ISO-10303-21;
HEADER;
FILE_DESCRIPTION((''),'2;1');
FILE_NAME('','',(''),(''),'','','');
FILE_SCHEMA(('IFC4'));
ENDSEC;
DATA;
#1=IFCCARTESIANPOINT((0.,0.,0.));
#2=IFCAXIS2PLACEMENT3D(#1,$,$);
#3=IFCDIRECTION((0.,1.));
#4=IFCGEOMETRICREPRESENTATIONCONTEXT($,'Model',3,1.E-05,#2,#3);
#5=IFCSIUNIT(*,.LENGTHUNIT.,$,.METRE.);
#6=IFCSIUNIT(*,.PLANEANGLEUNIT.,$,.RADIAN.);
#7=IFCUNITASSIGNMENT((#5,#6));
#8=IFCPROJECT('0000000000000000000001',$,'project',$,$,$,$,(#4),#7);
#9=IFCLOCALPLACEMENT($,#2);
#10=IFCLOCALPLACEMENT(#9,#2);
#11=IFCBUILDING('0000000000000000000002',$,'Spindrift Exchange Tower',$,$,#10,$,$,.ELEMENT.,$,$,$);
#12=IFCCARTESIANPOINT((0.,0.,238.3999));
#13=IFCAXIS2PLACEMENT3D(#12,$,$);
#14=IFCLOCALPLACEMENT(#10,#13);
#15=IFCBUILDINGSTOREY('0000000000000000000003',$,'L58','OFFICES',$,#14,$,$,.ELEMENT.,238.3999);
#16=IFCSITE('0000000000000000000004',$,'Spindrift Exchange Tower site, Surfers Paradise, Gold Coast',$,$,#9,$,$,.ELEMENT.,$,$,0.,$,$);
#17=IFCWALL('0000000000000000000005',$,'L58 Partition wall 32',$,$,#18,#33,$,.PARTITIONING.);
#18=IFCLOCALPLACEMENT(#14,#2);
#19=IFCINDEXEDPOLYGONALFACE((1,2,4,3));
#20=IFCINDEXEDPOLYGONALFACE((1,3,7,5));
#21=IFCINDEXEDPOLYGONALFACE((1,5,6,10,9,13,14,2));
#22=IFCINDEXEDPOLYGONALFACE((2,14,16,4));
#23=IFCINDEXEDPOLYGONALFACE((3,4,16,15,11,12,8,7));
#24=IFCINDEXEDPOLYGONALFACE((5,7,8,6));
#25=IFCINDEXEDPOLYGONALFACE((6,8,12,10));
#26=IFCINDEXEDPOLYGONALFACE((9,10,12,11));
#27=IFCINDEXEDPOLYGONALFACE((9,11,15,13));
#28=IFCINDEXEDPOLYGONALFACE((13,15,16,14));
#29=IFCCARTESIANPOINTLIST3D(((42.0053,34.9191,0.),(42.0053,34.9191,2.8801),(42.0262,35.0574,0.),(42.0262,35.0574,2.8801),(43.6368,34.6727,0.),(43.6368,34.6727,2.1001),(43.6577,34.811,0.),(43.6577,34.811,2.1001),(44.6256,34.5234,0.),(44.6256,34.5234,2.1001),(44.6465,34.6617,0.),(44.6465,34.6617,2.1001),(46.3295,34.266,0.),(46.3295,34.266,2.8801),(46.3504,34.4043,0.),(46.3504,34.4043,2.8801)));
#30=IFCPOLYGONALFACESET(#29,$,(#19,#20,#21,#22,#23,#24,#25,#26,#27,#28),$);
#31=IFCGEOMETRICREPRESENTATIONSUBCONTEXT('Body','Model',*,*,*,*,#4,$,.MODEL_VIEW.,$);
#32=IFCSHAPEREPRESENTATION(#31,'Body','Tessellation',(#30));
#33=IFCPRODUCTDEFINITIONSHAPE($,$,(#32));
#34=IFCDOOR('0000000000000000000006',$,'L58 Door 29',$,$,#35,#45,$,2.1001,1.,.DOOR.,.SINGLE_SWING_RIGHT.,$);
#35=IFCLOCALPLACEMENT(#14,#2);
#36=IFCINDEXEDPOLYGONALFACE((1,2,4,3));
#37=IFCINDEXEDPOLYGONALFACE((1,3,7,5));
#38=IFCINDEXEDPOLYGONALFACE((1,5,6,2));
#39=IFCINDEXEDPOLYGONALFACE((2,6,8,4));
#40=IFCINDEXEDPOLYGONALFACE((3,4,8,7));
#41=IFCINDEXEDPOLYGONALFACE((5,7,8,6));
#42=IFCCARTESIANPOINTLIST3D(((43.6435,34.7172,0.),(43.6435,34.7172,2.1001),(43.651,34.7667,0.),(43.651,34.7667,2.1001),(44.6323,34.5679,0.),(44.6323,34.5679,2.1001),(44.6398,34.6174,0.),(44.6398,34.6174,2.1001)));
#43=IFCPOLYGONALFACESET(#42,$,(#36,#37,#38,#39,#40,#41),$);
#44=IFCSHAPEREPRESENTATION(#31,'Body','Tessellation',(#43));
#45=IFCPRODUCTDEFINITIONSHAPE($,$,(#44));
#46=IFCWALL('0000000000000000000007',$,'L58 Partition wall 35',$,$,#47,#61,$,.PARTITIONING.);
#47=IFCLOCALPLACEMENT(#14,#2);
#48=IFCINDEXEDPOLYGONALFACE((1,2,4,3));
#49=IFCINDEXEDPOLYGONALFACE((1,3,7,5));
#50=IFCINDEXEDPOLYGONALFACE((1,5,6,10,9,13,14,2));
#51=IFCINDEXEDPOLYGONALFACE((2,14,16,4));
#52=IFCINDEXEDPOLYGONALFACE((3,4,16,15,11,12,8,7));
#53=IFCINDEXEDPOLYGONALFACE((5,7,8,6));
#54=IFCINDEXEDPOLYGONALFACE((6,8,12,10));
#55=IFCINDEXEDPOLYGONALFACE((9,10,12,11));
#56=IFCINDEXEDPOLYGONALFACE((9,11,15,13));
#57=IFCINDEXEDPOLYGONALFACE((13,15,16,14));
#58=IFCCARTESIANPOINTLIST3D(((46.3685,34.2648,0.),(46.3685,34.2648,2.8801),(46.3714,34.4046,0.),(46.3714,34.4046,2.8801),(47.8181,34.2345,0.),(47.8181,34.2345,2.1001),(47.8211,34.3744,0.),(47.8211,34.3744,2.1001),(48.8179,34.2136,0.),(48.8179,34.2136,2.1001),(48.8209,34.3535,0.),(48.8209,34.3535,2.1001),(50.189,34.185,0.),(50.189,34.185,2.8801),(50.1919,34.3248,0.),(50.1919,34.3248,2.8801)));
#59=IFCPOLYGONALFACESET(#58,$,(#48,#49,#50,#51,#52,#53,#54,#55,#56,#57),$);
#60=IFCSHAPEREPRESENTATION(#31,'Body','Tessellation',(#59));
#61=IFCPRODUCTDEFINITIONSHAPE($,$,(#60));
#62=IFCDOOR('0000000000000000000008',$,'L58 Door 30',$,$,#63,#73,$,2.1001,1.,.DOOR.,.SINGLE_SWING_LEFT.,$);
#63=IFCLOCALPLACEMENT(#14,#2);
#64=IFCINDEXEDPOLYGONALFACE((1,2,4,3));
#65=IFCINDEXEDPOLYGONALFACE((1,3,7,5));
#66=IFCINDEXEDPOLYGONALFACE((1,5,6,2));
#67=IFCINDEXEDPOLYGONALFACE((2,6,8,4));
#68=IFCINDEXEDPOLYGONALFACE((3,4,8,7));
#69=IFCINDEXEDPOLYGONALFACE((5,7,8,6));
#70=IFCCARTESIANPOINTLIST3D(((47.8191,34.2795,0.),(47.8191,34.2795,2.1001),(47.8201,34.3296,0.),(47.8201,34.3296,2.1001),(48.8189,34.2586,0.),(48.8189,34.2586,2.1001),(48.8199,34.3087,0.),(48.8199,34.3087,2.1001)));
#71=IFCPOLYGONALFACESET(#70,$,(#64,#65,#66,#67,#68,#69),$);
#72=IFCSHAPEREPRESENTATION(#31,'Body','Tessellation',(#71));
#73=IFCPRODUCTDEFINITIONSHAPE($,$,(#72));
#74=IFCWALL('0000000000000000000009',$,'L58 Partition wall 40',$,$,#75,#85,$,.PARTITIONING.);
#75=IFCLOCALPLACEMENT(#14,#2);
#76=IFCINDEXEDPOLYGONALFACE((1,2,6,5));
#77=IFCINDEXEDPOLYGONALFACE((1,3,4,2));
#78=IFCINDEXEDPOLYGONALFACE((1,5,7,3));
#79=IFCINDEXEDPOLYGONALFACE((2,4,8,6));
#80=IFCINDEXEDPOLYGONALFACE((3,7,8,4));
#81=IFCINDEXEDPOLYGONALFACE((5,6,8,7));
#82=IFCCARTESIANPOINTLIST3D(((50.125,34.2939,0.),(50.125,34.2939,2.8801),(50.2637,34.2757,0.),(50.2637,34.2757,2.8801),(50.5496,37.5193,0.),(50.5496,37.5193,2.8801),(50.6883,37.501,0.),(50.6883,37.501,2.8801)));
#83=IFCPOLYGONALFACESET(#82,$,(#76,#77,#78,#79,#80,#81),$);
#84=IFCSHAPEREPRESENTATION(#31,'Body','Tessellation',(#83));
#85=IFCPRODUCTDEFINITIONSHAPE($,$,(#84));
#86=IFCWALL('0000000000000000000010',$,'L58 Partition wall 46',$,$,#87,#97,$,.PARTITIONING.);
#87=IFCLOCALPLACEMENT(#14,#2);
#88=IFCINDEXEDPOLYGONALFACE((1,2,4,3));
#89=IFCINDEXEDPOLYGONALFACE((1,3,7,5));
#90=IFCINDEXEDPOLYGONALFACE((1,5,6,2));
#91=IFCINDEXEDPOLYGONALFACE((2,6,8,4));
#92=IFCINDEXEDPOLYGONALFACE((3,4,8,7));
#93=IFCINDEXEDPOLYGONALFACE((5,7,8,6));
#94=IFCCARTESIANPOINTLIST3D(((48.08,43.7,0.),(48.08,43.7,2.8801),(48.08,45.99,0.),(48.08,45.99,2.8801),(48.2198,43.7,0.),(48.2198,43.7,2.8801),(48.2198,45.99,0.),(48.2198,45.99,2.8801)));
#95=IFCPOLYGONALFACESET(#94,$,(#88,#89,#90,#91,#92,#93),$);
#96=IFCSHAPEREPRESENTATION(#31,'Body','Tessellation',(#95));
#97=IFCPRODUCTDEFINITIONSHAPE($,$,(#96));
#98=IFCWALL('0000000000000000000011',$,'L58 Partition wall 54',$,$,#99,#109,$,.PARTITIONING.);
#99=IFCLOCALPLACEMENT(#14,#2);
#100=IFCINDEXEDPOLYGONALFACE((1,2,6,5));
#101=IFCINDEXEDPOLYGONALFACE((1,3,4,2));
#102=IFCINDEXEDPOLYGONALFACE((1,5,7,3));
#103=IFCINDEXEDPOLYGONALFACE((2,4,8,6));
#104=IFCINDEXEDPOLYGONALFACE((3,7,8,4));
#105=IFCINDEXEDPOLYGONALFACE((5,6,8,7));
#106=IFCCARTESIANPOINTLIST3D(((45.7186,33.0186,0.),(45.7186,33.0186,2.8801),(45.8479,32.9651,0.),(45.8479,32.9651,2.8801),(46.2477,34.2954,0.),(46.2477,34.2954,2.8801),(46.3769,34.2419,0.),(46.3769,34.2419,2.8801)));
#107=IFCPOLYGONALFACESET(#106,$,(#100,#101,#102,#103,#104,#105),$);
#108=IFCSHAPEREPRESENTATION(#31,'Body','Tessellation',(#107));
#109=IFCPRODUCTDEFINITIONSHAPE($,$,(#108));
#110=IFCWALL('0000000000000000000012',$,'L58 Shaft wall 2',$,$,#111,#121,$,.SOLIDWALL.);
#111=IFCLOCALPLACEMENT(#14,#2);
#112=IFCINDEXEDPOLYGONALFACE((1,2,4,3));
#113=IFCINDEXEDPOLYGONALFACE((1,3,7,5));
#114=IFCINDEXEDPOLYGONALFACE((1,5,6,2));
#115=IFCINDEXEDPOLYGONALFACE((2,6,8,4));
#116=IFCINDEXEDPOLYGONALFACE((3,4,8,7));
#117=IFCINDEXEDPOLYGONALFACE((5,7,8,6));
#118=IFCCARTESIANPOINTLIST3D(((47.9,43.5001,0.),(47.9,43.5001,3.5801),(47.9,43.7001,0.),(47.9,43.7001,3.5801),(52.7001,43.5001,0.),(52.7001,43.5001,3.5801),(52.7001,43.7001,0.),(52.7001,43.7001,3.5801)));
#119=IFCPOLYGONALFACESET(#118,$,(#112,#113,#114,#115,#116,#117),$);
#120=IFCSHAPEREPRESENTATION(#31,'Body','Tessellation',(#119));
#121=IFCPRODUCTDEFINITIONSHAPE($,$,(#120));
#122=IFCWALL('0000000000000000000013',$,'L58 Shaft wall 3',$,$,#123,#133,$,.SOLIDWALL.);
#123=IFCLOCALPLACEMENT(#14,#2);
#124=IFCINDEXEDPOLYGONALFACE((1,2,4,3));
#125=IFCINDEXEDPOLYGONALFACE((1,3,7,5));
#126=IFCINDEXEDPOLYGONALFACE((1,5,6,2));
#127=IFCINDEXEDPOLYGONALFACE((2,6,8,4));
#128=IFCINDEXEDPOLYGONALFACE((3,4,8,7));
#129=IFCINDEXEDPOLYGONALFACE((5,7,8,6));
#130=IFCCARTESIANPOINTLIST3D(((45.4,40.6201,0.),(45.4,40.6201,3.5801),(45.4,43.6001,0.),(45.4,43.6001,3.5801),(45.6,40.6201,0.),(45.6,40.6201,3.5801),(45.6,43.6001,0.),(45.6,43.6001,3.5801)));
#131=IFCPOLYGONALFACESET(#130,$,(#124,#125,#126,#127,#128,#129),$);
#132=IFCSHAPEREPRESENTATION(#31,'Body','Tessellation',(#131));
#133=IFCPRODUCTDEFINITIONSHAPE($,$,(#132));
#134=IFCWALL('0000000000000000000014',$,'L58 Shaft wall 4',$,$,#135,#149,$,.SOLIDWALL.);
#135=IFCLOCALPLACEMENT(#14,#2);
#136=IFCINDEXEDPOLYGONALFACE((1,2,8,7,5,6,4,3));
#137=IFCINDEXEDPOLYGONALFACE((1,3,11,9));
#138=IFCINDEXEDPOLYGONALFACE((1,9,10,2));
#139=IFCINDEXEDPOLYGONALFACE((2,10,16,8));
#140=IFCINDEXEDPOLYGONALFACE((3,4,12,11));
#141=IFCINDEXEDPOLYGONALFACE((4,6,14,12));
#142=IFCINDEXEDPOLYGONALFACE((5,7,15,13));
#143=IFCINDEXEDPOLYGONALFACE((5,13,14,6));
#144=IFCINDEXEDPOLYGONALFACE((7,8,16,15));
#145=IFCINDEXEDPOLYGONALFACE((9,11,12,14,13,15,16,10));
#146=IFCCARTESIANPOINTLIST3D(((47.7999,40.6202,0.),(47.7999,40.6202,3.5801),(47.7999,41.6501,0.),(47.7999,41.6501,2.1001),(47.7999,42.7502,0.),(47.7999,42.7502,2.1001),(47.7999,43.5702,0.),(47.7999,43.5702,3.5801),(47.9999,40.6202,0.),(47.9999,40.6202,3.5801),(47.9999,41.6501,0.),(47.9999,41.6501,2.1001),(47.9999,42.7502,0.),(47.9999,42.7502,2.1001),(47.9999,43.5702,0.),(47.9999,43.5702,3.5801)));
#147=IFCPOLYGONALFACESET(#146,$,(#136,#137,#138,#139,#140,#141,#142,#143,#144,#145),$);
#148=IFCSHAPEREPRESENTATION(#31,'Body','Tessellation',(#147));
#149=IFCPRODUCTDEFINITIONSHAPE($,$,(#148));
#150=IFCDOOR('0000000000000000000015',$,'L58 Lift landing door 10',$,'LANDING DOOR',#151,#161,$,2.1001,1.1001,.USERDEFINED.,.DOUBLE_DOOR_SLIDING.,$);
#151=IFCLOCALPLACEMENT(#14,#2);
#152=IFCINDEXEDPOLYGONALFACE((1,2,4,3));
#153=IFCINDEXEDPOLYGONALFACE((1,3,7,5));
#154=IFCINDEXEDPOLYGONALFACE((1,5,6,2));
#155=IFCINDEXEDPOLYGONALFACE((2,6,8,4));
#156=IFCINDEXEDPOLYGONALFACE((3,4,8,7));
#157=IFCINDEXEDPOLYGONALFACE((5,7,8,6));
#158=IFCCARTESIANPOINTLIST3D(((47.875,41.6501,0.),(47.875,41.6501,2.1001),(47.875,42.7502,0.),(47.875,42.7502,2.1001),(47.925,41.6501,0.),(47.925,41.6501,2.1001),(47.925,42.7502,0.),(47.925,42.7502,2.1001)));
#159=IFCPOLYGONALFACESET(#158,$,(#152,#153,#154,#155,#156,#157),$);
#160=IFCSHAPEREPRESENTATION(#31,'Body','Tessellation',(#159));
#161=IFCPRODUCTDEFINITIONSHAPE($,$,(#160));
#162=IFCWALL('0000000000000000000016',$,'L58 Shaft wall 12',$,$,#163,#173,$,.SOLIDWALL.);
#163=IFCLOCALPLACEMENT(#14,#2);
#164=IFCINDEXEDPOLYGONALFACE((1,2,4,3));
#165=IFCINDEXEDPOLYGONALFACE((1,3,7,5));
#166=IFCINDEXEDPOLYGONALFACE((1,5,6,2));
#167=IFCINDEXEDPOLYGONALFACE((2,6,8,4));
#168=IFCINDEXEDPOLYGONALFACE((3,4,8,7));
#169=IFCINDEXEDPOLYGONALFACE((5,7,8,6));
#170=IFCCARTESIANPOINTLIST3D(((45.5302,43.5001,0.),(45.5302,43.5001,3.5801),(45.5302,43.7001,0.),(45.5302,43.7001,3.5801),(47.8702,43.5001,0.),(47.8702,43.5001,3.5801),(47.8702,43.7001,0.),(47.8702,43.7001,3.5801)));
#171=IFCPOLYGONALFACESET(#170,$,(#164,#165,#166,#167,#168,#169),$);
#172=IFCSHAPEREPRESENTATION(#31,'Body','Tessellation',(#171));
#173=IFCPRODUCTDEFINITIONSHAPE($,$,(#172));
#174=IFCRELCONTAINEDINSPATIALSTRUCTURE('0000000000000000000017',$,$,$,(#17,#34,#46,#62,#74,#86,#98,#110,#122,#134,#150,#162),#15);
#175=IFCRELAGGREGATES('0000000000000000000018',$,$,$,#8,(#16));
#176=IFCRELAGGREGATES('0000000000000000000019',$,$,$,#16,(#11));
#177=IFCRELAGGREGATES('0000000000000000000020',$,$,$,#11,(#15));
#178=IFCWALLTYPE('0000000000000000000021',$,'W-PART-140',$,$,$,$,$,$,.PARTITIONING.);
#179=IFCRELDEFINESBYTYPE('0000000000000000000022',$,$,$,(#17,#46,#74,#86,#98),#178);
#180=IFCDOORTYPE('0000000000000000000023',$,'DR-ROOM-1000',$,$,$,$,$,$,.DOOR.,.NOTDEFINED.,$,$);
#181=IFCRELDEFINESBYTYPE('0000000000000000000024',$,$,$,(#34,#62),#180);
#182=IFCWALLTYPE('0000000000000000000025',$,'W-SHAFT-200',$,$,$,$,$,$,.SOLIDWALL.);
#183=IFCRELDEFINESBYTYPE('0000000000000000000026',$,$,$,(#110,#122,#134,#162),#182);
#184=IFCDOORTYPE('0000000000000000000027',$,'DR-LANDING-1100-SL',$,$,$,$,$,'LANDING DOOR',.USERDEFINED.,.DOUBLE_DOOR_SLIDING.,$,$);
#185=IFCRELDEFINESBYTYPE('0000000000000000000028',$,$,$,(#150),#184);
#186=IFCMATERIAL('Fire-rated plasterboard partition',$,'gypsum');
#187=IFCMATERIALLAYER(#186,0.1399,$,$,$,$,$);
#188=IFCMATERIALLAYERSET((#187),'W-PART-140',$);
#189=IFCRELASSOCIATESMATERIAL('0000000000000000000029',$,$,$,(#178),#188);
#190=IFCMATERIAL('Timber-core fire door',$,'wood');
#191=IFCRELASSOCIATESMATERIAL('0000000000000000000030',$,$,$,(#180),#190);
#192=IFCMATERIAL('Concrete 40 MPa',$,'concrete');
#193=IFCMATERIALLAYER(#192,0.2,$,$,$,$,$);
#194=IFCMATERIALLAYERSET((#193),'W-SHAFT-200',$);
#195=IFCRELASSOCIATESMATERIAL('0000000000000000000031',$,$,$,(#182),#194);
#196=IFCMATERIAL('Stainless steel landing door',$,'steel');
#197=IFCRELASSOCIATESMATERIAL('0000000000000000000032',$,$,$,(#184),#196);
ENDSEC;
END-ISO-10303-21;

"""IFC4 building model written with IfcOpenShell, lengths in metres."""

from ifc_helpers import new_model, si_unit, direction, frame, frame_2d, origin, place, context, subcontext, project, spatial, rectangle, extrude, source, transform, mapped, material, layer, layer_set, type_object, element, fill, save


model = new_model("IFC4")

# Units and contexts
model_context = context("Model", 3, precision=1e-05, world=origin(), true_north=direction((0.0, 1.0)))
body_context = subcontext(model_context, "Body", "Model", "MODEL_VIEW")
ifc_project = project(units=[si_unit("LENGTHUNIT", "METRE"), si_unit("PLANEANGLEUNIT", "RADIAN")], contexts=[model_context])

# Site, building, storey
site_placement = place(None, origin())
site = spatial("IfcSite", under=ifc_project, at=site_placement, Name="Spindrift Exchange Tower site, Surfers Paradise, Gold Coast", CompositionType="ELEMENT", RefElevation=0.0)
building_placement = place(site_placement, origin())
building = spatial("IfcBuilding", under=site, at=building_placement, Name="Spindrift Exchange Tower", CompositionType="ELEMENT")
storey_placement = place(building_placement, frame((0.0, 0.0, 238.3999)))
storey = spatial("IfcBuildingStorey", under=building, at=storey_placement, Name="L58", Description="OFFICES", CompositionType="ELEMENT", Elevation=238.3999)

# Walls, openings, doors
ifc_material_1 = material(Name="Fire-rated plasterboard partition", Category="gypsum")
ifc_layer_1 = layer(ifc_material_1, 0.1399)
ifc_layer_set_1 = layer_set([ifc_layer_1], Name="W-PART-140")
wall_type_1 = type_object("IfcWallType", Name="W-PART-140", PredefinedType="PARTITIONING", material=ifc_layer_set_1)
wall_1_placement = place(storey_placement, frame((46.3398, 34.3352, 0.0), z_axis=(0.0, 0.0, 1.0), x_axis=(-0.988787, 0.149334, 0.0)))
wall_1 = element("IfcWall", 1, at=wall_1_placement, inside=storey, type_object=wall_type_1, Name="L58 Partition wall 32", PredefinedType="PARTITIONING", context=body_context, shape_type="SweptSolid", body=[
    extrude(rectangle(XDim=4.3733, YDim=0.1399, at=frame_2d((2.1865, 0.0))), origin(), (0.0, 0.0, 1.0), 2.8801),
])
opening_1_placement = place(wall_1_placement, frame((1.7231, 0.0, 0.0)))
opening_1 = element("IfcOpeningElement", 2, at=opening_1_placement, cuts=wall_1, PredefinedType="OPENING", context=body_context, shape_type="SweptSolid", body=[
    extrude(rectangle(XDim=1.0, YDim=2.1001, at=frame_2d((0.5, 1.05))), frame((0.0, 0.0798, 0.0), z_axis=(0.0, -1.0, 0.0), x_axis=(1.0, 0.0, 0.0)), (0.0, 0.0, 1.0), 0.1599),
])
ifc_material_2 = material(Name="Timber-core fire door", Category="wood")
door_type_1 = type_object("IfcDoorType", Name="DR-ROOM-1000", OperationType="NOTDEFINED", PredefinedType="DOOR", material=ifc_material_2)
shared_shape_1 = source(origin(), body_context, "Body", "SweptSolid", [
    extrude(rectangle(XDim=1.0, YDim=2.1001, at=frame_2d((0.5, 1.05))), frame((0.0, 0.0249, 0.0), z_axis=(0.0, -1.0, 0.0), x_axis=(1.0, 0.0, 0.0)), (0.0, 0.0, 1.0), 0.05),
])
door_1_placement = place(opening_1_placement, origin())
door_1 = element("IfcDoor", 3, at=door_1_placement, inside=storey, type_object=door_type_1, Name="L58 Door 29", OperationType="SINGLE_SWING_RIGHT", OverallHeight=2.1001, OverallWidth=1.0, PredefinedType="DOOR", context=body_context, shape_type="MappedRepresentation", body=[
    mapped(shared_shape_1, transform((0.0, 0.0, 0.0), scale=1.0)),
])
fill(opening_1, door_1)
wall_2_placement = place(storey_placement, frame((50.1904, 34.2549, 0.0), z_axis=(0.0, 0.0, 1.0), x_axis=(-0.999782, 0.020891, 0.0)))
wall_2 = element("IfcWall", 4, at=wall_2_placement, inside=storey, type_object=wall_type_1, Name="L58 Partition wall 35", PredefinedType="PARTITIONING", context=body_context, shape_type="SweptSolid", body=[
    extrude(rectangle(XDim=3.8213, YDim=0.1399, at=frame_2d((1.9106, 0.0))), origin(), (0.0, 0.0, 1.0), 2.8801),
])
opening_2_placement = place(wall_2_placement, frame((1.3713, 0.0, 0.0)))
opening_2 = element("IfcOpeningElement", 5, at=opening_2_placement, cuts=wall_2, PredefinedType="OPENING", context=body_context, shape_type="SweptSolid", body=[
    extrude(rectangle(XDim=1.0, YDim=2.1001, at=frame_2d((0.5, 1.05))), frame((0.0, 0.0798, 0.0), z_axis=(0.0, -1.0, 0.0), x_axis=(1.0, 0.0, 0.0)), (0.0, 0.0, 1.0), 0.1599),
])
door_2_placement = place(opening_2_placement, origin())
door_2 = element("IfcDoor", 6, at=door_2_placement, inside=storey, type_object=door_type_1, Name="L58 Door 30", OperationType="SINGLE_SWING_LEFT", OverallHeight=2.1001, OverallWidth=1.0, PredefinedType="DOOR", context=body_context, shape_type="MappedRepresentation", body=[
    mapped(shared_shape_1, transform((0.0, 0.0, 0.0), scale=1.0)),
])
fill(opening_2, door_2)

# Walls
wall_3_placement = place(storey_placement, frame((50.6189, 37.51, 0.0), z_axis=(0.0, 0.0, 1.0), x_axis=(-0.130507, -0.991447, 0.0)))
element("IfcWall", 7, at=wall_3_placement, inside=storey, type_object=wall_type_1, Name="L58 Partition wall 40", PredefinedType="PARTITIONING", context=body_context, shape_type="SweptSolid", body=[
    extrude(rectangle(XDim=3.2532, YDim=0.1399, at=frame_2d((1.6265, 0.0))), origin(), (0.0, 0.0, 1.0), 2.8801),
])
wall_4_placement = place(storey_placement, frame((48.1499, 43.7, 0.0), z_axis=(0.0, 0.0, 1.0), x_axis=(0.0, 1.0, 0.0)))
element("IfcWall", 8, at=wall_4_placement, inside=storey, type_object=wall_type_1, Name="L58 Partition wall 46", PredefinedType="PARTITIONING", context=body_context, shape_type="SweptSolid", body=[
    extrude(rectangle(XDim=2.29, YDim=0.1399, at=frame_2d((1.145, 0.0))), origin(), (0.0, 0.0, 1.0), 2.8801),
])
wall_5_placement = place(storey_placement, frame((46.3123, 34.2686, 0.0), z_axis=(0.0, 0.0, 1.0), x_axis=(-0.382783, -0.923838, 0.0)))
element("IfcWall", 9, at=wall_5_placement, inside=storey, type_object=wall_type_1, Name="L58 Partition wall 54", PredefinedType="PARTITIONING", context=body_context, shape_type="SweptSolid", body=[
    extrude(rectangle(XDim=1.3821, YDim=0.1399, at=frame_2d((0.6909, 0.0))), origin(), (0.0, 0.0, 1.0), 2.8801),
])
ifc_material_3 = material(Name="Concrete 40 MPa", Category="concrete")
ifc_layer_2 = layer(ifc_material_3, 0.2)
ifc_layer_set_2 = layer_set([ifc_layer_2], Name="W-SHAFT-200")
wall_type_2 = type_object("IfcWallType", Name="W-SHAFT-200", PredefinedType="SOLIDWALL", material=ifc_layer_set_2)
wall_6_placement = place(storey_placement, frame((52.7, 43.6001, 0.0), z_axis=(0.0, 0.0, 1.0), x_axis=(-1.0, 0.0, 0.0)))
element("IfcWall", 10, at=wall_6_placement, inside=storey, type_object=wall_type_2, Name="L58 Shaft wall 2", PredefinedType="SOLIDWALL", context=body_context, shape_type="SweptSolid", body=[
    extrude(rectangle(XDim=4.8, YDim=0.2, at=frame_2d((2.3999, 0.0))), origin(), (0.0, 0.0, 1.0), 3.5801),
])
wall_7_placement = place(storey_placement, frame((45.5, 43.6001, 0.0), z_axis=(0.0, 0.0, 1.0), x_axis=(0.0, -1.0, 0.0)))
element("IfcWall", 11, at=wall_7_placement, inside=storey, type_object=wall_type_2, Name="L58 Shaft wall 3", PredefinedType="SOLIDWALL", context=body_context, shape_type="SweptSolid", body=[
    extrude(rectangle(XDim=2.98, YDim=0.2, at=frame_2d((1.49, 0.0))), origin(), (0.0, 0.0, 1.0), 3.5801),
])

# Wall, opening, door
wall_8_placement = place(storey_placement, frame((47.8999, 40.6201, 0.0), z_axis=(0.0, 0.0, 1.0), x_axis=(0.0, 1.0, 0.0)))
wall_8 = element("IfcWall", 12, at=wall_8_placement, inside=storey, type_object=wall_type_2, Name="L58 Shaft wall 4", PredefinedType="SOLIDWALL", context=body_context, shape_type="SweptSolid", body=[
    extrude(rectangle(XDim=2.95, YDim=0.2, at=frame_2d((1.4751, 0.0))), origin(), (0.0, 0.0, 1.0), 3.5801),
])
opening_3_placement = place(wall_8_placement, frame((1.03, 0.0, 0.0)))
opening_3 = element("IfcOpeningElement", 13, at=opening_3_placement, cuts=wall_8, PredefinedType="OPENING", context=body_context, shape_type="SweptSolid", body=[
    extrude(rectangle(XDim=1.1001, YDim=2.1001, at=frame_2d((0.55, 1.05))), frame((0.0, 0.1099, 0.0), z_axis=(0.0, -1.0, 0.0), x_axis=(1.0, 0.0, 0.0)), (0.0, 0.0, 1.0), 0.22),
])
ifc_material_4 = material(Name="Stainless steel landing door", Category="steel")
door_type_2 = type_object("IfcDoorType", Name="DR-LANDING-1100-SL", ElementType="LANDING DOOR", OperationType="DOUBLE_DOOR_SLIDING", PredefinedType="USERDEFINED", material=ifc_material_4)
shared_shape_2 = source(origin(), body_context, "Body", "SweptSolid", [
    extrude(rectangle(XDim=1.1001, YDim=2.1001, at=frame_2d((0.55, 1.05))), frame((0.0, 0.0249, 0.0), z_axis=(0.0, -1.0, 0.0), x_axis=(1.0, 0.0, 0.0)), (0.0, 0.0, 1.0), 0.05),
])
door_3_placement = place(opening_3_placement, origin())
door_3 = element("IfcDoor", 14, at=door_3_placement, inside=storey, type_object=door_type_2, Name="L58 Lift landing door 10", ObjectType="LANDING DOOR", OperationType="DOUBLE_DOOR_SLIDING", OverallHeight=2.1001, OverallWidth=1.1001, PredefinedType="USERDEFINED", context=body_context, shape_type="MappedRepresentation", body=[
    mapped(shared_shape_2, transform((0.0, 0.0, 0.0), scale=1.0)),
])
fill(opening_3, door_3)

# Wall
wall_9_placement = place(storey_placement, frame((47.8701, 43.6001, 0.0), z_axis=(0.0, 0.0, 1.0), x_axis=(-1.0, 0.0, 0.0)))
element("IfcWall", 15, at=wall_9_placement, inside=storey, type_object=wall_type_2, Name="L58 Shaft wall 12", PredefinedType="SOLIDWALL", context=body_context, shape_type="SweptSolid", body=[
    extrude(rectangle(XDim=2.3401, YDim=0.2, at=frame_2d((1.1699, 0.0))), origin(), (0.0, 0.0, 1.0), 3.5801),
])

save(model, "model.ifc")
